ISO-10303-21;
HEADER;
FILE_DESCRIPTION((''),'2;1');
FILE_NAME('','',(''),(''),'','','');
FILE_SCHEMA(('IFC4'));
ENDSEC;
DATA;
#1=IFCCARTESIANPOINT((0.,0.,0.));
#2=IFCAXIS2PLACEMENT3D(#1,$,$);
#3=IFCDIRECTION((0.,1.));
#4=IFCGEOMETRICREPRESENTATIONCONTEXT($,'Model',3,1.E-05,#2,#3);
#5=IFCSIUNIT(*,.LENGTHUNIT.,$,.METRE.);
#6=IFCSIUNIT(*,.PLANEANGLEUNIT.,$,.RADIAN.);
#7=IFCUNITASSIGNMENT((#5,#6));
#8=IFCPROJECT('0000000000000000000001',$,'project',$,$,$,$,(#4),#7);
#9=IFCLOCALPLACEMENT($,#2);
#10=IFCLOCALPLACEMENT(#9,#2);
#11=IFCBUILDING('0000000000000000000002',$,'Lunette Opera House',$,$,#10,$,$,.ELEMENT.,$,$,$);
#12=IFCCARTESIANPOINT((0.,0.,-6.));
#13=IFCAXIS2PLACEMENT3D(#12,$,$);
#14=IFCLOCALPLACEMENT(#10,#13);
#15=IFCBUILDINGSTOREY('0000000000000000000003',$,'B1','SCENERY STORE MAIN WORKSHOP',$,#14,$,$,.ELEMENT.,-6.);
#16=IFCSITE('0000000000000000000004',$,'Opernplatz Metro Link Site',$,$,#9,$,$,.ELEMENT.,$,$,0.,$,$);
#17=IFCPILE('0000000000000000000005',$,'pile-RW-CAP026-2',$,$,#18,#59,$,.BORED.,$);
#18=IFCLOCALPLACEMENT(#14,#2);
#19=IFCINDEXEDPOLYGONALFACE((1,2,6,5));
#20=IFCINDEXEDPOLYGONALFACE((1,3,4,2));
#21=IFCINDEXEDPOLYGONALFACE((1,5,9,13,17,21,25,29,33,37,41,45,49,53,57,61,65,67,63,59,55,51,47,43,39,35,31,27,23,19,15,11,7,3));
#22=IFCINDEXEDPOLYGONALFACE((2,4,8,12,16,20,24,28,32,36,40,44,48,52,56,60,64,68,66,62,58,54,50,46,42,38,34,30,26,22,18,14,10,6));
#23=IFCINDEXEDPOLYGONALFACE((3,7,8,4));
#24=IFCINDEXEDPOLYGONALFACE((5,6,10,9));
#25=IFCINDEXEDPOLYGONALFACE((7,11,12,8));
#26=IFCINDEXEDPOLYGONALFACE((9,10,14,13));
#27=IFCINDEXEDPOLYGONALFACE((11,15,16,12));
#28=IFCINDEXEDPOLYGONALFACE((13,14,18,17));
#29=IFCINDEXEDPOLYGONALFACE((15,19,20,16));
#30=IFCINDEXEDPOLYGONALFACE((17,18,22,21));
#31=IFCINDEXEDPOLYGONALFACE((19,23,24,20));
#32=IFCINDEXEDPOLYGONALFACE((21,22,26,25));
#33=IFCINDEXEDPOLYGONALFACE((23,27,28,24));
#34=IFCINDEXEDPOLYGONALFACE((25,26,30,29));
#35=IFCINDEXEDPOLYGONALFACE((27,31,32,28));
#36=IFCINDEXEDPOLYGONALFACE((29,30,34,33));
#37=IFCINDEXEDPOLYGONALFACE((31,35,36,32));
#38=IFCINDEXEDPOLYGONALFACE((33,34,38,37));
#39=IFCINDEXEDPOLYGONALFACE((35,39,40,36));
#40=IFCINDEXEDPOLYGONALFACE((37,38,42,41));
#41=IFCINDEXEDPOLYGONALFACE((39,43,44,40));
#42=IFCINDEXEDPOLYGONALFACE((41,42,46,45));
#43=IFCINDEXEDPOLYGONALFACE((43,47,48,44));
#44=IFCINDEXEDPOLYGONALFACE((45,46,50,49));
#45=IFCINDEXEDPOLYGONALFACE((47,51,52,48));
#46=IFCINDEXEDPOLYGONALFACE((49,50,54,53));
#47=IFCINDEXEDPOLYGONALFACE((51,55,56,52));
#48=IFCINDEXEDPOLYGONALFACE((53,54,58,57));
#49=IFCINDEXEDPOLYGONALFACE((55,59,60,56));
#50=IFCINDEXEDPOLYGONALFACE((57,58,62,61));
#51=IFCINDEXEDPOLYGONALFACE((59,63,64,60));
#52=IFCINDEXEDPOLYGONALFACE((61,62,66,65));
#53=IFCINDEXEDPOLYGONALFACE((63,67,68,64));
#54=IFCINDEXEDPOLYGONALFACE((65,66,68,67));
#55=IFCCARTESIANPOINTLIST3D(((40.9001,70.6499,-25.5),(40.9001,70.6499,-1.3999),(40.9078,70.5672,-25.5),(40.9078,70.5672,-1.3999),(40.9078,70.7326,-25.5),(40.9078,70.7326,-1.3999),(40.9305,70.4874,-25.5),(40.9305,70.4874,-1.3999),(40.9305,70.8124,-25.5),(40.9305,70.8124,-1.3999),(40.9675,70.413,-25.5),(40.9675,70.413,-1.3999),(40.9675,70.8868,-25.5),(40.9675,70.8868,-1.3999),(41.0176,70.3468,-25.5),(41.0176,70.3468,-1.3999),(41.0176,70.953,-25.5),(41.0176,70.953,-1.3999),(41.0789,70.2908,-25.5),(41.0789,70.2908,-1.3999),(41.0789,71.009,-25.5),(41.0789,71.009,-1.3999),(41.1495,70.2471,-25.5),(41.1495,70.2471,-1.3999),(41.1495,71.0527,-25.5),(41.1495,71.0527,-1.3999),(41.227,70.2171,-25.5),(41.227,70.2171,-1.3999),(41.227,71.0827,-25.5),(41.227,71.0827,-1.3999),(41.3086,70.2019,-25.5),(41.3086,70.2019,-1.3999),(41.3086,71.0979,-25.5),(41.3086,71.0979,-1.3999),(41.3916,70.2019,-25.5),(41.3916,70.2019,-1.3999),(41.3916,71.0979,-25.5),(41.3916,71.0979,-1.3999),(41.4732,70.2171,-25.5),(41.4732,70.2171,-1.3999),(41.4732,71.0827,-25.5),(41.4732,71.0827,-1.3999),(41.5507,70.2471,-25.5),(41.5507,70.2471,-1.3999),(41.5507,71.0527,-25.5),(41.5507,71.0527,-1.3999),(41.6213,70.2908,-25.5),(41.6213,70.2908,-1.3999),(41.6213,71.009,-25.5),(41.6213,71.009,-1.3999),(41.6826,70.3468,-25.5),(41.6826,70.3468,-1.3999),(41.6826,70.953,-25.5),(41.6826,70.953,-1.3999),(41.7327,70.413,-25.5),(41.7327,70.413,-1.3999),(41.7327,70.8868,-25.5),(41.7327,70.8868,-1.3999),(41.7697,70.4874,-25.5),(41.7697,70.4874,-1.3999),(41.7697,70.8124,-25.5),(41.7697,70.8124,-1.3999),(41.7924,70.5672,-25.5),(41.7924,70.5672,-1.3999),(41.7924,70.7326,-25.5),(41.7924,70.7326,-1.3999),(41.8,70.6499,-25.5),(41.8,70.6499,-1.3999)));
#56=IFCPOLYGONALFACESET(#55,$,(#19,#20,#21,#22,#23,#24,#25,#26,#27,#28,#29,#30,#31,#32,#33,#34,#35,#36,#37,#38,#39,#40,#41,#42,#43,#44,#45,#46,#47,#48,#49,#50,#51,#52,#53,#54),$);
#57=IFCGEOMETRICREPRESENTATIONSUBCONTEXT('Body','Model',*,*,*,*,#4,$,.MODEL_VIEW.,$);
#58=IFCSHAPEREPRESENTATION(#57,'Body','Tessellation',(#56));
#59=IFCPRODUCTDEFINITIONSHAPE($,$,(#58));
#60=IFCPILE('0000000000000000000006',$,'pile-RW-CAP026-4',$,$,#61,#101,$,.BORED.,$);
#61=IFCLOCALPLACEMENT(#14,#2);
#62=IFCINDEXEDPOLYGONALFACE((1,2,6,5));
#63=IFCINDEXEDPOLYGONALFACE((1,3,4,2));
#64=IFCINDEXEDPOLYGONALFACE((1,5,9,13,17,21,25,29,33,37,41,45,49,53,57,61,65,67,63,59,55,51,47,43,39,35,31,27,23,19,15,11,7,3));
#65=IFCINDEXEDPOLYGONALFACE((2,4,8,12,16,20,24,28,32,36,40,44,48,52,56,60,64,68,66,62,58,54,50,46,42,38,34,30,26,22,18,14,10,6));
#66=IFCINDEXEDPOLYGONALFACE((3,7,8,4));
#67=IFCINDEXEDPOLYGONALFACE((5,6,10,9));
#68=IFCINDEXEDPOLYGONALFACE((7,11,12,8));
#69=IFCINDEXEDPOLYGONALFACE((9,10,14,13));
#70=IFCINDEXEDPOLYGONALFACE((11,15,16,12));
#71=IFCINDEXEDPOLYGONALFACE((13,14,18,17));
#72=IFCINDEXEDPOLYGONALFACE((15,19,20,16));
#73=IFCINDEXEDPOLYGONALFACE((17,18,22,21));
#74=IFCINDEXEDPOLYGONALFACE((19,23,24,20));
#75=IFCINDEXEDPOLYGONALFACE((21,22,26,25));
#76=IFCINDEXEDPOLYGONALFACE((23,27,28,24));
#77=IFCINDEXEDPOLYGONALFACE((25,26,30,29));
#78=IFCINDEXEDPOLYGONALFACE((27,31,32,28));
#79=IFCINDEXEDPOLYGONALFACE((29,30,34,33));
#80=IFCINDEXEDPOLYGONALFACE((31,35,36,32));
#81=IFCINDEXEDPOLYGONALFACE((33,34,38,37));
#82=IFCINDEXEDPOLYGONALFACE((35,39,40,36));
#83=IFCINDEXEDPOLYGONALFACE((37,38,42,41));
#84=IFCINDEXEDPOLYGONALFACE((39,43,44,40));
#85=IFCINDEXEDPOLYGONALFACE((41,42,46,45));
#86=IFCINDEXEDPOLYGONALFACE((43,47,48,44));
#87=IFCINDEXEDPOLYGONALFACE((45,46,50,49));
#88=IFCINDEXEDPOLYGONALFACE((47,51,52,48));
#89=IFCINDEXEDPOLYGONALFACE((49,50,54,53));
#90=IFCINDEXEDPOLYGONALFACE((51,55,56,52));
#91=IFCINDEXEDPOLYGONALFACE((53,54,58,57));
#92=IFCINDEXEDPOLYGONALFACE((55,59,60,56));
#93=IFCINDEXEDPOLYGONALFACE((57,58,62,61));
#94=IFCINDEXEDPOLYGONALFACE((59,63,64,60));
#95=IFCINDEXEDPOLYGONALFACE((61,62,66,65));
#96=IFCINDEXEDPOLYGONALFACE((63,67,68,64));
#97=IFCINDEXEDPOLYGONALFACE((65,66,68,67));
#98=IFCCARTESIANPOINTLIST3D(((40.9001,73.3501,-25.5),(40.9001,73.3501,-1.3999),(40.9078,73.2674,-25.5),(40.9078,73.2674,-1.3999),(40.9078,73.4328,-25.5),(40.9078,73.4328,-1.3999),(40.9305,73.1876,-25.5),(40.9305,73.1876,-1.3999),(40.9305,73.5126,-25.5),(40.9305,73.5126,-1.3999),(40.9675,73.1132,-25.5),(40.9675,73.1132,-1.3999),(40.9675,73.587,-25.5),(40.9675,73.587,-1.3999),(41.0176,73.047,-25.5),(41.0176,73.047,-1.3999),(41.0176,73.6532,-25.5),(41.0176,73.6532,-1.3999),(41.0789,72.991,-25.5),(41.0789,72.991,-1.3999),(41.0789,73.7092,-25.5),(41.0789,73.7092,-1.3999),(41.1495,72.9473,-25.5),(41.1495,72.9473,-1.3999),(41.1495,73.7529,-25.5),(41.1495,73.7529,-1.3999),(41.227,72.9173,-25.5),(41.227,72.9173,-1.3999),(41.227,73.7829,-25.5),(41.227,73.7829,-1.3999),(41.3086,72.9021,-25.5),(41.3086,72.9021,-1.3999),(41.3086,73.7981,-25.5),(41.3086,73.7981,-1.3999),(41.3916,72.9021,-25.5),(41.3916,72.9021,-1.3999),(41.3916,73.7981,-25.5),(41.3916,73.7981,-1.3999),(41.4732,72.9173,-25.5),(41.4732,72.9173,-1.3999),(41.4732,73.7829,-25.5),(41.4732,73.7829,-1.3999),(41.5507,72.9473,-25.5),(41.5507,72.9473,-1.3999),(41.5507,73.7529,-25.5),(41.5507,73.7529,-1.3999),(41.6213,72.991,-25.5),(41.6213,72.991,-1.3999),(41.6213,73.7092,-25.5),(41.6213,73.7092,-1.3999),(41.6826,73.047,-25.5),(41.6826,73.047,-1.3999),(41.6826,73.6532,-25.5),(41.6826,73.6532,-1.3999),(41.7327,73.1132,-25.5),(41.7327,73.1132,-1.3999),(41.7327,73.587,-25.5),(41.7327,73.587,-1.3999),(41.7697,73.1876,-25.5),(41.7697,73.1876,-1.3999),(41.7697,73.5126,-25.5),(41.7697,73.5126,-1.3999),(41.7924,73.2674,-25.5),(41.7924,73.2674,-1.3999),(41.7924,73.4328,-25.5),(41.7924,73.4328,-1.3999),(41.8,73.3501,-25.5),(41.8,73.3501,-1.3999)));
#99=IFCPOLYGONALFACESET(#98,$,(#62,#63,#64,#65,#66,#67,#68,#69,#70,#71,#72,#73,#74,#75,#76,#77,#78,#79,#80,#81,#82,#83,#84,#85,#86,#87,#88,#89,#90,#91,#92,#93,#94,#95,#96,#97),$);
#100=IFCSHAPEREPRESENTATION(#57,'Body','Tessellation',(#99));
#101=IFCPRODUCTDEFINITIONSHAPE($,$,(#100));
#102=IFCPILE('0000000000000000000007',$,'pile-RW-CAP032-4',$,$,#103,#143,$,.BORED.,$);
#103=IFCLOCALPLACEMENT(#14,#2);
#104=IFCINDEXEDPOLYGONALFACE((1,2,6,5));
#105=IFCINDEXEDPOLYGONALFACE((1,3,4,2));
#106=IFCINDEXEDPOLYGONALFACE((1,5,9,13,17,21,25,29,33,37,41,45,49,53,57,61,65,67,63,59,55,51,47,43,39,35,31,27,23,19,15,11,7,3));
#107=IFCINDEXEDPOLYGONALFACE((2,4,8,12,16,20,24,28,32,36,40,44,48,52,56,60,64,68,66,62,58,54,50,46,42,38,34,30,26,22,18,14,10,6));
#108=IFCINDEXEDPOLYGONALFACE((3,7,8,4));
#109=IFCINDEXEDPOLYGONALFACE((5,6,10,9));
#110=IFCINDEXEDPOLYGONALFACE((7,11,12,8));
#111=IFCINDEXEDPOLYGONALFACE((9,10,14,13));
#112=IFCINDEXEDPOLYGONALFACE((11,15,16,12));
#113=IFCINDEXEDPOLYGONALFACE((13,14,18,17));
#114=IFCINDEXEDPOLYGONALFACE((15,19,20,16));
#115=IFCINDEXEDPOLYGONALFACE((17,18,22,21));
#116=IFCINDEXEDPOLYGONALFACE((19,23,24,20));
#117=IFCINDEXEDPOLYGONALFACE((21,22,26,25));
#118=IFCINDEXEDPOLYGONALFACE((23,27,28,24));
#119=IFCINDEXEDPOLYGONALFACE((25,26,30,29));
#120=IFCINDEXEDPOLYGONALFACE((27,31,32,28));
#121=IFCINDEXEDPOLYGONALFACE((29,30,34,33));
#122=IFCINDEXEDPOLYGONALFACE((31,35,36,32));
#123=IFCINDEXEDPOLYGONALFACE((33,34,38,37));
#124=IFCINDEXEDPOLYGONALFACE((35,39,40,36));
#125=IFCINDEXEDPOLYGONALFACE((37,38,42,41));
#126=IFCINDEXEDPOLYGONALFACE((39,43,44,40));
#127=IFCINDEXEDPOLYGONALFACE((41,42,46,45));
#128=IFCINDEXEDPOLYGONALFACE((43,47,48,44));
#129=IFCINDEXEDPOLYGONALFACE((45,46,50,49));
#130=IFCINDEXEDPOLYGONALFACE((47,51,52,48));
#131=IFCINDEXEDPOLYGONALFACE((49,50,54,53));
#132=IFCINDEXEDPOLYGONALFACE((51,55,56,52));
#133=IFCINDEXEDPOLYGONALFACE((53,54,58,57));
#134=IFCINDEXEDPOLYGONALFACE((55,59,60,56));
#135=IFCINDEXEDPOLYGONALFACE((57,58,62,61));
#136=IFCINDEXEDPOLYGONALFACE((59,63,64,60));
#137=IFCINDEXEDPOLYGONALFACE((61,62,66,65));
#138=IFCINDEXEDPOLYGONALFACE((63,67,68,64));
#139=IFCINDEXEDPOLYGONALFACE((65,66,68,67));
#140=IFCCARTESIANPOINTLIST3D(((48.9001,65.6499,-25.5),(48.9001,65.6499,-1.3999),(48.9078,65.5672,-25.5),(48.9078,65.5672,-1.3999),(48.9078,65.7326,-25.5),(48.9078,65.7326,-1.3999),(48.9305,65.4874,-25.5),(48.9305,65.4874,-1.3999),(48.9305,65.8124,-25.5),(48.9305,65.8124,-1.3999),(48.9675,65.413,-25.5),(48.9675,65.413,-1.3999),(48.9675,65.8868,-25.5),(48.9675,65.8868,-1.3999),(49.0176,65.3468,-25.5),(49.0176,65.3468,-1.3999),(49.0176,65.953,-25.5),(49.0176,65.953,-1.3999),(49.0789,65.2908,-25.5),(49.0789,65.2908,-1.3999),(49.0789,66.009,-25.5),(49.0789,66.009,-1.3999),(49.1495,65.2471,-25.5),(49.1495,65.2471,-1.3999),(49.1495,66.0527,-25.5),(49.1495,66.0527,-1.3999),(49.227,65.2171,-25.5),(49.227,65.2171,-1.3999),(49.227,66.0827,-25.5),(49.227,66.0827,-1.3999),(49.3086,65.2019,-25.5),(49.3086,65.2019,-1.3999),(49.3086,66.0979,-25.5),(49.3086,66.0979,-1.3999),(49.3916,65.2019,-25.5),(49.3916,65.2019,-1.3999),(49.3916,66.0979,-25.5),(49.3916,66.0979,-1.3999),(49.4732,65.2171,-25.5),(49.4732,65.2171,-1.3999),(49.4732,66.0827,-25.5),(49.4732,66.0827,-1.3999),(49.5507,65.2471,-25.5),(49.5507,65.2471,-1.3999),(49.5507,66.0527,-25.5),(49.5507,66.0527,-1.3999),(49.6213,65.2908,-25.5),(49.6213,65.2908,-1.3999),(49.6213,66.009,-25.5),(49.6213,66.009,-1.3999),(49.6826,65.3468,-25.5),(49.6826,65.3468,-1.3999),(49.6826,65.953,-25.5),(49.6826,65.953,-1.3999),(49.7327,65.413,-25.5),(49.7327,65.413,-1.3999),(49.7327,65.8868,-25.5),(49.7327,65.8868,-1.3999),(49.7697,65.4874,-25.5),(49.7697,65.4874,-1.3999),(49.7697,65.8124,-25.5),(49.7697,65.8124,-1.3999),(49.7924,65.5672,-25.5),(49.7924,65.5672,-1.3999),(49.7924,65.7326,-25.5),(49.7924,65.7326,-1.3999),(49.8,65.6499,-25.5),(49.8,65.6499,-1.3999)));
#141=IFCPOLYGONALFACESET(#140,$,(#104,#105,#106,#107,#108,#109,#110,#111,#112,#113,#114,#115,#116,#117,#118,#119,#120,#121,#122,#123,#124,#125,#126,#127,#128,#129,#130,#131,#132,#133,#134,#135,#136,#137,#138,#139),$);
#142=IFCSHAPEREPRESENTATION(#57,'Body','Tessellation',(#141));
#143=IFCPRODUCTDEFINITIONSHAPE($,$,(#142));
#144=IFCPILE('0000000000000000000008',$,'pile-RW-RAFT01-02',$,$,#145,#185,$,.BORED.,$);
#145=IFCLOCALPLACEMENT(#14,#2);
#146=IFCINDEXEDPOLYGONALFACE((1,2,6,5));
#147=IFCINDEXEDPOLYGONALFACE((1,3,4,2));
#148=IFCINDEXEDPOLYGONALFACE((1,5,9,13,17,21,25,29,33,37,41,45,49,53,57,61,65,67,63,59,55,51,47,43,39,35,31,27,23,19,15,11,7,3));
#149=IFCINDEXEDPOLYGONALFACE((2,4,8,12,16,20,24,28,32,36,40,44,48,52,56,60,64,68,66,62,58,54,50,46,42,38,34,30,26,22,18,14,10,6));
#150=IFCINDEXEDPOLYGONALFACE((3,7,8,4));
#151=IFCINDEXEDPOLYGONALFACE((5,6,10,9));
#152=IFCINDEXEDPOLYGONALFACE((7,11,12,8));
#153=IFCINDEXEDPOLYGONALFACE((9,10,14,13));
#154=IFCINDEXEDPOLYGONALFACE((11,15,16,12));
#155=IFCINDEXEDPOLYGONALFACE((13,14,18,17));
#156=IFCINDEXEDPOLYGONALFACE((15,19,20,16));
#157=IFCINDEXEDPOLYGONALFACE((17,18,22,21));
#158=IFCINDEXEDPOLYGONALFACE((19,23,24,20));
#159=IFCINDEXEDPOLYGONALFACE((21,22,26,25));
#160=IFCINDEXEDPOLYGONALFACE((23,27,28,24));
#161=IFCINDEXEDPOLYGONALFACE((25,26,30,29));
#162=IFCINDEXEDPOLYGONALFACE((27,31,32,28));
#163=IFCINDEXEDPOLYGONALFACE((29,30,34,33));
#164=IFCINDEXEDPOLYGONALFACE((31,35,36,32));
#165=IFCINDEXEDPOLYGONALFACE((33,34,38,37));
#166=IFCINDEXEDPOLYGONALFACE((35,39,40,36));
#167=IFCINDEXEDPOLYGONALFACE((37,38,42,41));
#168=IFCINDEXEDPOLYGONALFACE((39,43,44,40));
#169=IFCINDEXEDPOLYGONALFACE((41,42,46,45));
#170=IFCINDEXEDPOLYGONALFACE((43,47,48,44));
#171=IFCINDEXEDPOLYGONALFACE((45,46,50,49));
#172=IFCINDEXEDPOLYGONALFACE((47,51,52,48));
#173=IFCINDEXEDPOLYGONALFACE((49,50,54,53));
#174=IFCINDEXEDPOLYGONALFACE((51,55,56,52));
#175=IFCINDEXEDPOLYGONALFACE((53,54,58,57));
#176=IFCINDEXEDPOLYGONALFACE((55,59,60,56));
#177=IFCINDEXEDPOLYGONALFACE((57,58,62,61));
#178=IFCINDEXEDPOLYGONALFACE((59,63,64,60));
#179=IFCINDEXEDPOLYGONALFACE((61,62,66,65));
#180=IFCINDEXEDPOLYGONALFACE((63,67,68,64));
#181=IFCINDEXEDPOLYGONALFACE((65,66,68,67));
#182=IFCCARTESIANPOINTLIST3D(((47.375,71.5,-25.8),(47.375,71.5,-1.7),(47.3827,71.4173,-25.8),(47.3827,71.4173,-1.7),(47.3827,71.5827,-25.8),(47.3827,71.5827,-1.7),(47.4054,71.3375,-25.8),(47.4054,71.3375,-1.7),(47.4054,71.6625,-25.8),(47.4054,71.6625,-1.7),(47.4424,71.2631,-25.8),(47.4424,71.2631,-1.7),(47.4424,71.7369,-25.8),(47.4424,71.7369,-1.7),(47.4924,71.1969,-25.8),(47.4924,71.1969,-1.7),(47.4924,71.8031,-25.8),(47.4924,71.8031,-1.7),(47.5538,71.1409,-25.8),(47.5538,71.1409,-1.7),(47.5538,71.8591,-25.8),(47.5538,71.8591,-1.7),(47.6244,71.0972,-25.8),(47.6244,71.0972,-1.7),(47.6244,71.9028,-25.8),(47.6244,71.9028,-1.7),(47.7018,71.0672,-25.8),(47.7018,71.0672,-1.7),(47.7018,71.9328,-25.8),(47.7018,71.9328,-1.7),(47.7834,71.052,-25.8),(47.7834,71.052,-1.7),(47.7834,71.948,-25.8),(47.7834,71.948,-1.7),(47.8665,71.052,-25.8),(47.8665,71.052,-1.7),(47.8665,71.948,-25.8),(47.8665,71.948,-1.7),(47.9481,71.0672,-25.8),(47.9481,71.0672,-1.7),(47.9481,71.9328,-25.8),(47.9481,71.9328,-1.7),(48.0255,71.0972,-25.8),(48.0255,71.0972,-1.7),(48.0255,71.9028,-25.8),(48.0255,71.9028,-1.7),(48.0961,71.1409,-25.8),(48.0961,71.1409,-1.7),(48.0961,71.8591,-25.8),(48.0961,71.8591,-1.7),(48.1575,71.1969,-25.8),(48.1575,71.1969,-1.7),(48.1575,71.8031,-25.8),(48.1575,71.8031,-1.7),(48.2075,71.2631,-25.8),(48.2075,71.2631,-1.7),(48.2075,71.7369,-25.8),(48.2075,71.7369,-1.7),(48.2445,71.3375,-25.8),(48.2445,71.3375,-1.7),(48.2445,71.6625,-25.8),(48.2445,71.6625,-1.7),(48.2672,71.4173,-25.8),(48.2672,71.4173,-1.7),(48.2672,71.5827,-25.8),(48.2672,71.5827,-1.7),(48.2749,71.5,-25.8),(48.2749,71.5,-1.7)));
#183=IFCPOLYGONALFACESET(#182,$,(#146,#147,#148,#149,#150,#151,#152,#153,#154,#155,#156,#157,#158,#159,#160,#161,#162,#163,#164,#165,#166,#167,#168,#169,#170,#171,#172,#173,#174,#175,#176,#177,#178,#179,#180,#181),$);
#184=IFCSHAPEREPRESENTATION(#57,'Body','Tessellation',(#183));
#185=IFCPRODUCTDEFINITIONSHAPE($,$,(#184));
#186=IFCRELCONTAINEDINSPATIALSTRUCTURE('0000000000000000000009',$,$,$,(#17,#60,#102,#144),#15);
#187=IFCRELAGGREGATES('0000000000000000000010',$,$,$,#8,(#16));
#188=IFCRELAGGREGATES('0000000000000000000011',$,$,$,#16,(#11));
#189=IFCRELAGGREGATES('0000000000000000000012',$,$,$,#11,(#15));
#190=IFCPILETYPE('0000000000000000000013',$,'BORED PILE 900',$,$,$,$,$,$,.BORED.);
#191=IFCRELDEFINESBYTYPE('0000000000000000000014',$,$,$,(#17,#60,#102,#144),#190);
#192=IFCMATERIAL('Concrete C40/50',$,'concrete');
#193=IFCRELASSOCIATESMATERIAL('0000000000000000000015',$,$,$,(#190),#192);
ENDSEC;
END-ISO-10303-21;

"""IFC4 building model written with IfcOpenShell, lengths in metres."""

from ifc_helpers import new_model, si_unit, direction, frame, origin, origin_2d, place, context, subcontext, project, spatial, circle, extrude, material, material_profile, profile_set, type_object, element, save


model = new_model("IFC4")

# Units and contexts
model_context = context("Model", 3, precision=1e-05, world=origin(), true_north=direction((0.0, 1.0)))
body_context = subcontext(model_context, "Body", "Model", "MODEL_VIEW")
ifc_project = project(units=[si_unit("LENGTHUNIT", "METRE"), si_unit("PLANEANGLEUNIT", "RADIAN")], contexts=[model_context])

# Site, building, storey
site_placement = place(None, origin())
site = spatial("IfcSite", under=ifc_project, at=site_placement, Name="Opernplatz Metro Link Site", CompositionType="ELEMENT", RefElevation=0.0)
building_placement = place(site_placement, origin())
building = spatial("IfcBuilding", under=site, at=building_placement, Name="Lunette Opera House", CompositionType="ELEMENT")
storey_placement = place(building_placement, frame((0.0, 0.0, -6.0)))
storey = spatial("IfcBuildingStorey", under=building, at=storey_placement, Name="B1", Description="SCENERY STORE MAIN WORKSHOP", CompositionType="ELEMENT", Elevation=-6.0)

# Piles
ifc_material_1 = material(Name="Concrete C40/50", Category="concrete")
ifc_material_profile_1 = material_profile(ifc_material_1, circle(Radius=0.45, at=origin_2d()), Name="BORED PILE 900")
ifc_profile_set_1 = profile_set([ifc_material_profile_1], Name="Concrete C40/50")
pile_type = type_object("IfcPileType", Name="BORED PILE 900", PredefinedType="BORED", material=ifc_profile_set_1)
for number, where, z_axis, x_axis, name in (
    (1, (41.3501, 70.6499, -1.3999), (0.0, 0.0, -1.0), (1.0, 0.0, 0.0), "pile-RW-CAP026-2"),
    (2, (41.3501, 73.3501, -1.3999), (0.0, 0.0, -1.0), (1.0, 0.0, 0.0), "pile-RW-CAP026-4"),
    (3, (49.3501, 65.6499, -1.3999), (0.0, 0.0, -1.0), (1.0, 0.0, 0.0), "pile-RW-CAP032-4"),
    (4, (47.825, 71.5, -1.7), (0.0, 0.0, -1.0), (1.0, 0.0, 0.0), "pile-RW-RAFT01-02"),
):
    element("IfcPile", number, at=place(storey_placement, frame(where, z_axis=z_axis, x_axis=x_axis)), inside=storey, type_object=pile_type, Name=name, PredefinedType="BORED", context=body_context, shape_type="SweptSolid", body=[
        extrude(circle(Radius=0.45, at=origin_2d()), origin(), (0.0, 0.0, 1.0), 24.1001),
    ])

save(model, "model.ifc")
